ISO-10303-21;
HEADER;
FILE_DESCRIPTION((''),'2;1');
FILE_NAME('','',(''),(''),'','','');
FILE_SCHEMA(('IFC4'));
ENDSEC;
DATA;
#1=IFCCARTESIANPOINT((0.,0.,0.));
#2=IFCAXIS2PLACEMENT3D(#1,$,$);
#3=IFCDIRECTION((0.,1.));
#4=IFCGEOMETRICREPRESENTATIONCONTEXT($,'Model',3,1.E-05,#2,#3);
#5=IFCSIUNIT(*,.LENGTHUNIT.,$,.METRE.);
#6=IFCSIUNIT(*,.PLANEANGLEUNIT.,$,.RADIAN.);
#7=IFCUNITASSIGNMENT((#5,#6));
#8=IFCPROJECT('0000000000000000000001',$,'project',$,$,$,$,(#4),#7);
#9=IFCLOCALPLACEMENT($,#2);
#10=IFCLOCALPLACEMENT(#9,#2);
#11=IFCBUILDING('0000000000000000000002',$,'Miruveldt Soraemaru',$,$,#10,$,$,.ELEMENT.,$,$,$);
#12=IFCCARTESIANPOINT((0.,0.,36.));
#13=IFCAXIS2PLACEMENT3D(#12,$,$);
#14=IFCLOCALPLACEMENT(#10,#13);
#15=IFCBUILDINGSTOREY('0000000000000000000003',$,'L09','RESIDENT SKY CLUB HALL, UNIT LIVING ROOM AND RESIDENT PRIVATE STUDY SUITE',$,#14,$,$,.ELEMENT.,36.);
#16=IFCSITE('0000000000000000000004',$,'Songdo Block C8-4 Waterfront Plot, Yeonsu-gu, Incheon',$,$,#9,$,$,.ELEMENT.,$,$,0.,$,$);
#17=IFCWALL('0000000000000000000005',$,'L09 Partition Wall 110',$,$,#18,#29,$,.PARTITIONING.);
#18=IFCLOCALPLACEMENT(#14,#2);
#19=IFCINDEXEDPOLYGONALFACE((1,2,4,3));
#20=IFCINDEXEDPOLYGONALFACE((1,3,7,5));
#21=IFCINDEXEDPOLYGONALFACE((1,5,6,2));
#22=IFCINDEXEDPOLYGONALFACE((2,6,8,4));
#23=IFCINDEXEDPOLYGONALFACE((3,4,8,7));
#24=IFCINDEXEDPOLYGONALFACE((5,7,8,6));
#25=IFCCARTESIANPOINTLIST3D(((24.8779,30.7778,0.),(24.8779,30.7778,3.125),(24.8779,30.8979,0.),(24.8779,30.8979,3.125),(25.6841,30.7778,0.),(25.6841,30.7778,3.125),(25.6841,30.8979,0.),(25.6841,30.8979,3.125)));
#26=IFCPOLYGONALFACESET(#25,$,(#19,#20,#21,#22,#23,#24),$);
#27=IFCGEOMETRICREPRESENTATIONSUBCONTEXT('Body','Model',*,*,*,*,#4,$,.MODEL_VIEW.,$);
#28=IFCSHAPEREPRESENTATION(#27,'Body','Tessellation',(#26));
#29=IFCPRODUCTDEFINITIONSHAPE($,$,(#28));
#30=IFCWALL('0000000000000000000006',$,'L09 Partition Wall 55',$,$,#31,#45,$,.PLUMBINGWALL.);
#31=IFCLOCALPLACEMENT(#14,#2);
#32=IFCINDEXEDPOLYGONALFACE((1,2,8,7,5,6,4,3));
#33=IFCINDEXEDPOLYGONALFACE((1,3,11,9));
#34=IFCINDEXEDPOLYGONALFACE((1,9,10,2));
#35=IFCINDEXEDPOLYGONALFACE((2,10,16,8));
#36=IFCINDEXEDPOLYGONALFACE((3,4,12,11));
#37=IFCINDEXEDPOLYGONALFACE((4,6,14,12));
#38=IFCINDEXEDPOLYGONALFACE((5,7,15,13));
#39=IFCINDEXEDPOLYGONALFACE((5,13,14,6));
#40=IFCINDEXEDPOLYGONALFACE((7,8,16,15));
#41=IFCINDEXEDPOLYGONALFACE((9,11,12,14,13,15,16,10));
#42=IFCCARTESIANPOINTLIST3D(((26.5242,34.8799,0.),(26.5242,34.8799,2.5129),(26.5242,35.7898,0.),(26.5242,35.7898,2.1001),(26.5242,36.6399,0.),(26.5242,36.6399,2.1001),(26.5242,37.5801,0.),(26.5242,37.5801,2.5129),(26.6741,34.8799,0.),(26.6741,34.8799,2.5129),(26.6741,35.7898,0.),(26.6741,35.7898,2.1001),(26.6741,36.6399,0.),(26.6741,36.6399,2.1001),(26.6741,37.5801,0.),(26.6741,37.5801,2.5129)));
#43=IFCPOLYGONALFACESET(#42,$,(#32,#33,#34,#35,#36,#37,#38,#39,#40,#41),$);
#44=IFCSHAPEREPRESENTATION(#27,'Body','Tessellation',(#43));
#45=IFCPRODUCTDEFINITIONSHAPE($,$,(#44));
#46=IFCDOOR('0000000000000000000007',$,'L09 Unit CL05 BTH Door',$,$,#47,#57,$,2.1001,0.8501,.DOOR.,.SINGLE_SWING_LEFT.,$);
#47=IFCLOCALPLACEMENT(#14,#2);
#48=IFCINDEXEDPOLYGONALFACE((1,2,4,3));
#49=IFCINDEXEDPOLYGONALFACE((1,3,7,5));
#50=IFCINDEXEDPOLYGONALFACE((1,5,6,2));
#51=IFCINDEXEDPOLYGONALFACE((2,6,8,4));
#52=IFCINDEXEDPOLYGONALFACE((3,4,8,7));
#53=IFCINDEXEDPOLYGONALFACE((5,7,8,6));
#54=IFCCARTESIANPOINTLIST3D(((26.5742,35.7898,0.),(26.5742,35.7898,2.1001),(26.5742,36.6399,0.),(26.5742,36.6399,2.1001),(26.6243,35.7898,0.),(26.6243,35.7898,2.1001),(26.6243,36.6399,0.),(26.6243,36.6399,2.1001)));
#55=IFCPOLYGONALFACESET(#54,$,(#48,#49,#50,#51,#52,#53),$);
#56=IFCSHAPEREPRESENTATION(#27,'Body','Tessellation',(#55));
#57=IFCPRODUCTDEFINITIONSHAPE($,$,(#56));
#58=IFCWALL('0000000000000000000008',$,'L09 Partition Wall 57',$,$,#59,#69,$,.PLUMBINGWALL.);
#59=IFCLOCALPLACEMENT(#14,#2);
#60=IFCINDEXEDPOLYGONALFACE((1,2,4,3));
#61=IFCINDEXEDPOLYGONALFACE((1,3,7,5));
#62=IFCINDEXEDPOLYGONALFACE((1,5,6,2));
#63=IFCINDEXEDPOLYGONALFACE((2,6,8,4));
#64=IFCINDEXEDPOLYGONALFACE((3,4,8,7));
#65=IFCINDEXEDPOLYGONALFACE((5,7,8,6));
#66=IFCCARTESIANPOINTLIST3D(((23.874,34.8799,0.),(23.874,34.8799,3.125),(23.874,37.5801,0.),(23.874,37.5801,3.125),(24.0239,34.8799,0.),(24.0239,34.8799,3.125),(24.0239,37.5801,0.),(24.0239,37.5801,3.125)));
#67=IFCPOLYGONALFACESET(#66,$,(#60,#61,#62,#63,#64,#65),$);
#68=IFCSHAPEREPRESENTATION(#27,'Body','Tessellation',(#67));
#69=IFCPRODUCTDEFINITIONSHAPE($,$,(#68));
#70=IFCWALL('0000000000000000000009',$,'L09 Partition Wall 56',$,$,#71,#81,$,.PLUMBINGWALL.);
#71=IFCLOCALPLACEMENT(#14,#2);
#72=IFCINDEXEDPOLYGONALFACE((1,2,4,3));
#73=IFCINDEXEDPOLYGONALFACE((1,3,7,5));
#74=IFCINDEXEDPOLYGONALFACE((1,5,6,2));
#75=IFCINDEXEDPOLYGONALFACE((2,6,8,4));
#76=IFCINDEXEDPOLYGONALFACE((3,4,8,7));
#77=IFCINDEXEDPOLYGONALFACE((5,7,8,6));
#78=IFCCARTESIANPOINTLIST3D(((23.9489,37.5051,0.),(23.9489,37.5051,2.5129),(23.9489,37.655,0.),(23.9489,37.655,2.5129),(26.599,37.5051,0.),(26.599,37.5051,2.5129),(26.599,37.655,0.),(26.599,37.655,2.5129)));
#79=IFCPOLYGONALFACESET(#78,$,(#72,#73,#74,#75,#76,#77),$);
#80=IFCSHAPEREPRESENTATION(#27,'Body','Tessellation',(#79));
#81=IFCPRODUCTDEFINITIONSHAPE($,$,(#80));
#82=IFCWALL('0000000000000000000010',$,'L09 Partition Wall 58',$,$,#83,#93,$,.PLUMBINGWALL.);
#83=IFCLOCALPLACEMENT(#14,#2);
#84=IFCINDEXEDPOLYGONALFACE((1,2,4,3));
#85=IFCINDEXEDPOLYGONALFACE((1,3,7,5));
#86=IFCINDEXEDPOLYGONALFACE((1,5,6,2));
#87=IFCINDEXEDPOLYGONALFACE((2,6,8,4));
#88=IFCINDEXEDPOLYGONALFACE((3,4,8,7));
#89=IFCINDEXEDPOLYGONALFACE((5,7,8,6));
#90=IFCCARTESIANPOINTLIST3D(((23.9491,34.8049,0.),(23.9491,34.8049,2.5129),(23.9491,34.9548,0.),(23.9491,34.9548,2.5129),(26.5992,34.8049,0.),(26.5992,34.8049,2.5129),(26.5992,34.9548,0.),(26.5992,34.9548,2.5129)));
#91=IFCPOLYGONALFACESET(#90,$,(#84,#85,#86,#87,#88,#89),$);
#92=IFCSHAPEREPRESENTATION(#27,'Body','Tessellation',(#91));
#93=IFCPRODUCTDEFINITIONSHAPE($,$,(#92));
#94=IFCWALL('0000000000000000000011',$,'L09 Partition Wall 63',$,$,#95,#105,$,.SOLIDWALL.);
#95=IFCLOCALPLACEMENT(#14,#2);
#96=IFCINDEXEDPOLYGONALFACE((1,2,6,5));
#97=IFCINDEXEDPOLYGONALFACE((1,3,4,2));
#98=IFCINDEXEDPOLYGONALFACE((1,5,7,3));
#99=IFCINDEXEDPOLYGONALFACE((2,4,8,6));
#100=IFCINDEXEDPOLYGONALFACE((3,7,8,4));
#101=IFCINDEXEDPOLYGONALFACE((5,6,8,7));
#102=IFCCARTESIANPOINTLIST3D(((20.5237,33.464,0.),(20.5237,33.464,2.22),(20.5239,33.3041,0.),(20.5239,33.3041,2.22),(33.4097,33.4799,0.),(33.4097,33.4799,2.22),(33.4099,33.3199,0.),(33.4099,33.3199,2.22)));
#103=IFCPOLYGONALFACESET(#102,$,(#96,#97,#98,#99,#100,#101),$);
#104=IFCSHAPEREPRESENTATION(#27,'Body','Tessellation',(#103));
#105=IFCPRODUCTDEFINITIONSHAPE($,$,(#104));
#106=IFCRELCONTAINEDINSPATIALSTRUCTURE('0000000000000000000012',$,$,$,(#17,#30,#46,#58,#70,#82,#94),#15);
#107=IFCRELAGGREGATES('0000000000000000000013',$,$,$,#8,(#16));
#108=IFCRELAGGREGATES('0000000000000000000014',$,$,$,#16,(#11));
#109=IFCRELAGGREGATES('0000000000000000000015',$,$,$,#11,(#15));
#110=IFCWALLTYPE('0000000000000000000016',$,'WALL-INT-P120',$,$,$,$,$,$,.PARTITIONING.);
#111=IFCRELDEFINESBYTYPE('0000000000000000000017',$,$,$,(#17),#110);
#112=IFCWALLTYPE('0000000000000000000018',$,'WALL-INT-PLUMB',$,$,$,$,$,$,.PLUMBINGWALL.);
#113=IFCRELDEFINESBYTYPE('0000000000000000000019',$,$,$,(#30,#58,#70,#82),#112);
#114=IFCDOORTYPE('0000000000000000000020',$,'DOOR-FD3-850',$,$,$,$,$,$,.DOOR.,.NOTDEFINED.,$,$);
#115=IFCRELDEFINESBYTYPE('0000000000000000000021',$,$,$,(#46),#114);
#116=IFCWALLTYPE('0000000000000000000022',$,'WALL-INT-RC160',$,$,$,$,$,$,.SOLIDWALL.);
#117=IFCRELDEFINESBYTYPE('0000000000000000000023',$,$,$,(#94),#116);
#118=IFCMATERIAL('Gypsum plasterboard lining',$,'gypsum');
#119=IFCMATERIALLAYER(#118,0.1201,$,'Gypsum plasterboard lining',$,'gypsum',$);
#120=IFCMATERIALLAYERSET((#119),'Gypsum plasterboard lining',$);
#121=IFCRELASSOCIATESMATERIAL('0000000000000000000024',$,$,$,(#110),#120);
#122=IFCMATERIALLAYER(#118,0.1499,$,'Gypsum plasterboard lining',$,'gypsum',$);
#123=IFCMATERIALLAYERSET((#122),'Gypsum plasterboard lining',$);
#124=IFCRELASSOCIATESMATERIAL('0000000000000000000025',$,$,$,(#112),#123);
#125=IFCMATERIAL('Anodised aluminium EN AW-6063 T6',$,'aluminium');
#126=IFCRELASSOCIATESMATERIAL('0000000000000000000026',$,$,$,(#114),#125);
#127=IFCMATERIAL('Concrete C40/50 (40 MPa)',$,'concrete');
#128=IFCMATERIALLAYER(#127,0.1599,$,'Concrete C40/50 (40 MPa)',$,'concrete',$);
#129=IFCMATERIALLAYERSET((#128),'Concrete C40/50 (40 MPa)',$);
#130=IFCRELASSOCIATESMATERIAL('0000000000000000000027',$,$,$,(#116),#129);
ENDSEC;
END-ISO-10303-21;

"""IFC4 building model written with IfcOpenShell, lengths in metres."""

from ifc_helpers import new_model, si_unit, direction, frame, frame_2d, origin, place, context, subcontext, project, spatial, rectangle, extrude, material, layer, layer_set, type_object, element, fill, save


model = new_model("IFC4")

# Units and contexts
model_context = context("Model", 3, precision=1e-05, world=origin(), true_north=direction((0.0, 1.0)))
body_context = subcontext(model_context, "Body", "Model", "MODEL_VIEW")
ifc_project = project(units=[si_unit("LENGTHUNIT", "METRE"), si_unit("PLANEANGLEUNIT", "RADIAN")], contexts=[model_context])

# Site, building, storey
site_placement = place(None, origin())
site = spatial("IfcSite", under=ifc_project, at=site_placement, Name="Songdo Block C8-4 Waterfront Plot, Yeonsu-gu, Incheon", CompositionType="ELEMENT", RefElevation=0.0)
building_placement = place(site_placement, origin())
building = spatial("IfcBuilding", under=site, at=building_placement, Name="Miruveldt Soraemaru", CompositionType="ELEMENT")
storey_placement = place(building_placement, frame((0.0, 0.0, 36.0)))
storey = spatial("IfcBuildingStorey", under=building, at=storey_placement, Name="L09", Description="RESIDENT SKY CLUB HALL, UNIT LIVING ROOM AND RESIDENT PRIVATE STUDY SUITE", CompositionType="ELEMENT", Elevation=36.0)

# Shared definitions
ifc_material_1 = material(Name="Anodised aluminium EN AW-6063 T6", Category="aluminium")

# Shared definitions
ifc_material_2 = material(Name="Gypsum plasterboard lining", Category="gypsum")
ifc_layer_1 = layer(ifc_material_2, 0.1201, Name="Gypsum plasterboard lining", Category="gypsum")
ifc_layer_set_1 = layer_set([ifc_layer_1], Name="Gypsum plasterboard lining")
wall_type_1 = type_object("IfcWallType", Name="WALL-INT-P120", PredefinedType="PARTITIONING", material=ifc_layer_set_1)

# Wall
wall_1_placement = place(storey_placement, frame((25.6841, 30.8379, 0.0), z_axis=(0.0, 0.0, 1.0), x_axis=(-1.0, 0.0, 0.0)))
element("IfcWall", 1, at=wall_1_placement, inside=storey, type_object=wall_type_1, Name="L09 Partition Wall 110", PredefinedType="PARTITIONING", context=body_context, shape_type="SweptSolid", body=[
    extrude(rectangle(XDim=0.8062, YDim=0.1201, at=frame_2d((0.4031, 0.0))), origin(), (0.0, 0.0, 1.0), 3.125),
])

# Wall, opening, door
ifc_layer_2 = layer(ifc_material_2, 0.1499, Name="Gypsum plasterboard lining", Category="gypsum")
ifc_layer_set_2 = layer_set([ifc_layer_2], Name="Gypsum plasterboard lining")
wall_type_2 = type_object("IfcWallType", Name="WALL-INT-PLUMB", PredefinedType="PLUMBINGWALL", material=ifc_layer_set_2)
wall_2_placement = place(storey_placement, frame((26.5991, 34.8799, 0.0), z_axis=(0.0, 0.0, 1.0), x_axis=(0.0, 1.0, 0.0)))
wall_2 = element("IfcWall", 2, at=wall_2_placement, inside=storey, type_object=wall_type_2, Name="L09 Partition Wall 55", PredefinedType="PLUMBINGWALL", context=body_context, shape_type="SweptSolid", body=[
    extrude(rectangle(XDim=2.7002, YDim=0.1499, at=frame_2d((1.3501, 0.0))), origin(), (0.0, 0.0, 1.0), 2.5129),
])
opening_1_placement = place(wall_2_placement, frame((0.9099, 0.0, 0.0)))
opening_1 = element("IfcOpeningElement", 3, at=opening_1_placement, cuts=wall_2, PredefinedType="OPENING", context=body_context, shape_type="SweptSolid", body=[
    extrude(rectangle(XDim=0.8501, YDim=2.1001, at=frame_2d((0.425, 1.05))), frame((0.0, 0.085, 0.0), z_axis=(0.0, -1.0, 0.0), x_axis=(1.0, 0.0, 0.0)), (0.0, 0.0, 1.0), 0.1699),
])
door_type_1 = type_object("IfcDoorType", Name="DOOR-FD3-850", OperationType="NOTDEFINED", PredefinedType="DOOR", material=ifc_material_1)
door_1_placement = place(opening_1_placement, origin())
door_1 = element("IfcDoor", 4, at=door_1_placement, inside=storey, type_object=door_type_1, Name="L09 Unit CL05 BTH Door", OperationType="SINGLE_SWING_LEFT", OverallHeight=2.1001, OverallWidth=0.8501, PredefinedType="DOOR", context=body_context, shape_type="SweptSolid", body=[
    extrude(rectangle(XDim=0.8501, YDim=2.1001, at=frame_2d((0.425, 1.05))), frame((0.0, 0.0249, 0.0), z_axis=(0.0, -1.0, 0.0), x_axis=(1.0, 0.0, 0.0)), (0.0, 0.0, 1.0), 0.05),
])
fill(opening_1, door_1)

# Walls
wall_3_placement = place(storey_placement, frame((23.949, 37.5801, 0.0), z_axis=(0.0, 0.0, 1.0), x_axis=(0.0, -1.0, 0.0)))
element("IfcWall", 5, at=wall_3_placement, inside=storey, type_object=wall_type_2, Name="L09 Partition Wall 57", PredefinedType="PLUMBINGWALL", context=body_context, shape_type="SweptSolid", body=[
    extrude(rectangle(XDim=2.7002, YDim=0.1499, at=frame_2d((1.3501, 0.0))), origin(), (0.0, 0.0, 1.0), 3.125),
])
for number, where, z_axis, x_axis, name in (
    (6, (26.5991, 37.5801, 0.0), (0.0, 0.0, 1.0), (-1.0, 0.0, 0.0), "L09 Partition Wall 56"),
    (7, (23.949, 34.8799, 0.0), (0.0, 0.0, 1.0), (1.0, 0.0, 0.0), "L09 Partition Wall 58"),
):
    element("IfcWall", number, at=place(storey_placement, frame(where, z_axis=z_axis, x_axis=x_axis)), inside=storey, type_object=wall_type_2, Name=name, PredefinedType="PLUMBINGWALL", context=body_context, shape_type="SweptSolid", body=[
        extrude(rectangle(XDim=2.6501, YDim=0.1499, at=frame_2d((1.3252, 0.0))), origin(), (0.0, 0.0, 1.0), 2.5129),
    ])
ifc_material_3 = material(Name="Concrete C40/50 (40 MPa)", Category="concrete")
ifc_layer_3 = layer(ifc_material_3, 0.1599, Name="Concrete C40/50 (40 MPa)", Category="concrete")
ifc_layer_set_3 = layer_set([ifc_layer_3], Name="Concrete C40/50 (40 MPa)")
wall_type_3 = type_object("IfcWallType", Name="WALL-INT-RC160", PredefinedType="SOLIDWALL", material=ifc_layer_set_3)
wall_4_placement = place(storey_placement, frame((20.5239, 33.384, 0.0), z_axis=(0.0, 0.0, 1.0), x_axis=(0.999999, 0.001232, 0.0)))
element("IfcWall", 8, at=wall_4_placement, inside=storey, type_object=wall_type_3, Name="L09 Partition Wall 63", PredefinedType="SOLIDWALL", context=body_context, shape_type="SweptSolid", body=[
    extrude(rectangle(XDim=12.886, YDim=0.1599, at=frame_2d((6.4429, 0.0))), origin(), (0.0, 0.0, 1.0), 2.22),
])

save(model, "model.ifc")
